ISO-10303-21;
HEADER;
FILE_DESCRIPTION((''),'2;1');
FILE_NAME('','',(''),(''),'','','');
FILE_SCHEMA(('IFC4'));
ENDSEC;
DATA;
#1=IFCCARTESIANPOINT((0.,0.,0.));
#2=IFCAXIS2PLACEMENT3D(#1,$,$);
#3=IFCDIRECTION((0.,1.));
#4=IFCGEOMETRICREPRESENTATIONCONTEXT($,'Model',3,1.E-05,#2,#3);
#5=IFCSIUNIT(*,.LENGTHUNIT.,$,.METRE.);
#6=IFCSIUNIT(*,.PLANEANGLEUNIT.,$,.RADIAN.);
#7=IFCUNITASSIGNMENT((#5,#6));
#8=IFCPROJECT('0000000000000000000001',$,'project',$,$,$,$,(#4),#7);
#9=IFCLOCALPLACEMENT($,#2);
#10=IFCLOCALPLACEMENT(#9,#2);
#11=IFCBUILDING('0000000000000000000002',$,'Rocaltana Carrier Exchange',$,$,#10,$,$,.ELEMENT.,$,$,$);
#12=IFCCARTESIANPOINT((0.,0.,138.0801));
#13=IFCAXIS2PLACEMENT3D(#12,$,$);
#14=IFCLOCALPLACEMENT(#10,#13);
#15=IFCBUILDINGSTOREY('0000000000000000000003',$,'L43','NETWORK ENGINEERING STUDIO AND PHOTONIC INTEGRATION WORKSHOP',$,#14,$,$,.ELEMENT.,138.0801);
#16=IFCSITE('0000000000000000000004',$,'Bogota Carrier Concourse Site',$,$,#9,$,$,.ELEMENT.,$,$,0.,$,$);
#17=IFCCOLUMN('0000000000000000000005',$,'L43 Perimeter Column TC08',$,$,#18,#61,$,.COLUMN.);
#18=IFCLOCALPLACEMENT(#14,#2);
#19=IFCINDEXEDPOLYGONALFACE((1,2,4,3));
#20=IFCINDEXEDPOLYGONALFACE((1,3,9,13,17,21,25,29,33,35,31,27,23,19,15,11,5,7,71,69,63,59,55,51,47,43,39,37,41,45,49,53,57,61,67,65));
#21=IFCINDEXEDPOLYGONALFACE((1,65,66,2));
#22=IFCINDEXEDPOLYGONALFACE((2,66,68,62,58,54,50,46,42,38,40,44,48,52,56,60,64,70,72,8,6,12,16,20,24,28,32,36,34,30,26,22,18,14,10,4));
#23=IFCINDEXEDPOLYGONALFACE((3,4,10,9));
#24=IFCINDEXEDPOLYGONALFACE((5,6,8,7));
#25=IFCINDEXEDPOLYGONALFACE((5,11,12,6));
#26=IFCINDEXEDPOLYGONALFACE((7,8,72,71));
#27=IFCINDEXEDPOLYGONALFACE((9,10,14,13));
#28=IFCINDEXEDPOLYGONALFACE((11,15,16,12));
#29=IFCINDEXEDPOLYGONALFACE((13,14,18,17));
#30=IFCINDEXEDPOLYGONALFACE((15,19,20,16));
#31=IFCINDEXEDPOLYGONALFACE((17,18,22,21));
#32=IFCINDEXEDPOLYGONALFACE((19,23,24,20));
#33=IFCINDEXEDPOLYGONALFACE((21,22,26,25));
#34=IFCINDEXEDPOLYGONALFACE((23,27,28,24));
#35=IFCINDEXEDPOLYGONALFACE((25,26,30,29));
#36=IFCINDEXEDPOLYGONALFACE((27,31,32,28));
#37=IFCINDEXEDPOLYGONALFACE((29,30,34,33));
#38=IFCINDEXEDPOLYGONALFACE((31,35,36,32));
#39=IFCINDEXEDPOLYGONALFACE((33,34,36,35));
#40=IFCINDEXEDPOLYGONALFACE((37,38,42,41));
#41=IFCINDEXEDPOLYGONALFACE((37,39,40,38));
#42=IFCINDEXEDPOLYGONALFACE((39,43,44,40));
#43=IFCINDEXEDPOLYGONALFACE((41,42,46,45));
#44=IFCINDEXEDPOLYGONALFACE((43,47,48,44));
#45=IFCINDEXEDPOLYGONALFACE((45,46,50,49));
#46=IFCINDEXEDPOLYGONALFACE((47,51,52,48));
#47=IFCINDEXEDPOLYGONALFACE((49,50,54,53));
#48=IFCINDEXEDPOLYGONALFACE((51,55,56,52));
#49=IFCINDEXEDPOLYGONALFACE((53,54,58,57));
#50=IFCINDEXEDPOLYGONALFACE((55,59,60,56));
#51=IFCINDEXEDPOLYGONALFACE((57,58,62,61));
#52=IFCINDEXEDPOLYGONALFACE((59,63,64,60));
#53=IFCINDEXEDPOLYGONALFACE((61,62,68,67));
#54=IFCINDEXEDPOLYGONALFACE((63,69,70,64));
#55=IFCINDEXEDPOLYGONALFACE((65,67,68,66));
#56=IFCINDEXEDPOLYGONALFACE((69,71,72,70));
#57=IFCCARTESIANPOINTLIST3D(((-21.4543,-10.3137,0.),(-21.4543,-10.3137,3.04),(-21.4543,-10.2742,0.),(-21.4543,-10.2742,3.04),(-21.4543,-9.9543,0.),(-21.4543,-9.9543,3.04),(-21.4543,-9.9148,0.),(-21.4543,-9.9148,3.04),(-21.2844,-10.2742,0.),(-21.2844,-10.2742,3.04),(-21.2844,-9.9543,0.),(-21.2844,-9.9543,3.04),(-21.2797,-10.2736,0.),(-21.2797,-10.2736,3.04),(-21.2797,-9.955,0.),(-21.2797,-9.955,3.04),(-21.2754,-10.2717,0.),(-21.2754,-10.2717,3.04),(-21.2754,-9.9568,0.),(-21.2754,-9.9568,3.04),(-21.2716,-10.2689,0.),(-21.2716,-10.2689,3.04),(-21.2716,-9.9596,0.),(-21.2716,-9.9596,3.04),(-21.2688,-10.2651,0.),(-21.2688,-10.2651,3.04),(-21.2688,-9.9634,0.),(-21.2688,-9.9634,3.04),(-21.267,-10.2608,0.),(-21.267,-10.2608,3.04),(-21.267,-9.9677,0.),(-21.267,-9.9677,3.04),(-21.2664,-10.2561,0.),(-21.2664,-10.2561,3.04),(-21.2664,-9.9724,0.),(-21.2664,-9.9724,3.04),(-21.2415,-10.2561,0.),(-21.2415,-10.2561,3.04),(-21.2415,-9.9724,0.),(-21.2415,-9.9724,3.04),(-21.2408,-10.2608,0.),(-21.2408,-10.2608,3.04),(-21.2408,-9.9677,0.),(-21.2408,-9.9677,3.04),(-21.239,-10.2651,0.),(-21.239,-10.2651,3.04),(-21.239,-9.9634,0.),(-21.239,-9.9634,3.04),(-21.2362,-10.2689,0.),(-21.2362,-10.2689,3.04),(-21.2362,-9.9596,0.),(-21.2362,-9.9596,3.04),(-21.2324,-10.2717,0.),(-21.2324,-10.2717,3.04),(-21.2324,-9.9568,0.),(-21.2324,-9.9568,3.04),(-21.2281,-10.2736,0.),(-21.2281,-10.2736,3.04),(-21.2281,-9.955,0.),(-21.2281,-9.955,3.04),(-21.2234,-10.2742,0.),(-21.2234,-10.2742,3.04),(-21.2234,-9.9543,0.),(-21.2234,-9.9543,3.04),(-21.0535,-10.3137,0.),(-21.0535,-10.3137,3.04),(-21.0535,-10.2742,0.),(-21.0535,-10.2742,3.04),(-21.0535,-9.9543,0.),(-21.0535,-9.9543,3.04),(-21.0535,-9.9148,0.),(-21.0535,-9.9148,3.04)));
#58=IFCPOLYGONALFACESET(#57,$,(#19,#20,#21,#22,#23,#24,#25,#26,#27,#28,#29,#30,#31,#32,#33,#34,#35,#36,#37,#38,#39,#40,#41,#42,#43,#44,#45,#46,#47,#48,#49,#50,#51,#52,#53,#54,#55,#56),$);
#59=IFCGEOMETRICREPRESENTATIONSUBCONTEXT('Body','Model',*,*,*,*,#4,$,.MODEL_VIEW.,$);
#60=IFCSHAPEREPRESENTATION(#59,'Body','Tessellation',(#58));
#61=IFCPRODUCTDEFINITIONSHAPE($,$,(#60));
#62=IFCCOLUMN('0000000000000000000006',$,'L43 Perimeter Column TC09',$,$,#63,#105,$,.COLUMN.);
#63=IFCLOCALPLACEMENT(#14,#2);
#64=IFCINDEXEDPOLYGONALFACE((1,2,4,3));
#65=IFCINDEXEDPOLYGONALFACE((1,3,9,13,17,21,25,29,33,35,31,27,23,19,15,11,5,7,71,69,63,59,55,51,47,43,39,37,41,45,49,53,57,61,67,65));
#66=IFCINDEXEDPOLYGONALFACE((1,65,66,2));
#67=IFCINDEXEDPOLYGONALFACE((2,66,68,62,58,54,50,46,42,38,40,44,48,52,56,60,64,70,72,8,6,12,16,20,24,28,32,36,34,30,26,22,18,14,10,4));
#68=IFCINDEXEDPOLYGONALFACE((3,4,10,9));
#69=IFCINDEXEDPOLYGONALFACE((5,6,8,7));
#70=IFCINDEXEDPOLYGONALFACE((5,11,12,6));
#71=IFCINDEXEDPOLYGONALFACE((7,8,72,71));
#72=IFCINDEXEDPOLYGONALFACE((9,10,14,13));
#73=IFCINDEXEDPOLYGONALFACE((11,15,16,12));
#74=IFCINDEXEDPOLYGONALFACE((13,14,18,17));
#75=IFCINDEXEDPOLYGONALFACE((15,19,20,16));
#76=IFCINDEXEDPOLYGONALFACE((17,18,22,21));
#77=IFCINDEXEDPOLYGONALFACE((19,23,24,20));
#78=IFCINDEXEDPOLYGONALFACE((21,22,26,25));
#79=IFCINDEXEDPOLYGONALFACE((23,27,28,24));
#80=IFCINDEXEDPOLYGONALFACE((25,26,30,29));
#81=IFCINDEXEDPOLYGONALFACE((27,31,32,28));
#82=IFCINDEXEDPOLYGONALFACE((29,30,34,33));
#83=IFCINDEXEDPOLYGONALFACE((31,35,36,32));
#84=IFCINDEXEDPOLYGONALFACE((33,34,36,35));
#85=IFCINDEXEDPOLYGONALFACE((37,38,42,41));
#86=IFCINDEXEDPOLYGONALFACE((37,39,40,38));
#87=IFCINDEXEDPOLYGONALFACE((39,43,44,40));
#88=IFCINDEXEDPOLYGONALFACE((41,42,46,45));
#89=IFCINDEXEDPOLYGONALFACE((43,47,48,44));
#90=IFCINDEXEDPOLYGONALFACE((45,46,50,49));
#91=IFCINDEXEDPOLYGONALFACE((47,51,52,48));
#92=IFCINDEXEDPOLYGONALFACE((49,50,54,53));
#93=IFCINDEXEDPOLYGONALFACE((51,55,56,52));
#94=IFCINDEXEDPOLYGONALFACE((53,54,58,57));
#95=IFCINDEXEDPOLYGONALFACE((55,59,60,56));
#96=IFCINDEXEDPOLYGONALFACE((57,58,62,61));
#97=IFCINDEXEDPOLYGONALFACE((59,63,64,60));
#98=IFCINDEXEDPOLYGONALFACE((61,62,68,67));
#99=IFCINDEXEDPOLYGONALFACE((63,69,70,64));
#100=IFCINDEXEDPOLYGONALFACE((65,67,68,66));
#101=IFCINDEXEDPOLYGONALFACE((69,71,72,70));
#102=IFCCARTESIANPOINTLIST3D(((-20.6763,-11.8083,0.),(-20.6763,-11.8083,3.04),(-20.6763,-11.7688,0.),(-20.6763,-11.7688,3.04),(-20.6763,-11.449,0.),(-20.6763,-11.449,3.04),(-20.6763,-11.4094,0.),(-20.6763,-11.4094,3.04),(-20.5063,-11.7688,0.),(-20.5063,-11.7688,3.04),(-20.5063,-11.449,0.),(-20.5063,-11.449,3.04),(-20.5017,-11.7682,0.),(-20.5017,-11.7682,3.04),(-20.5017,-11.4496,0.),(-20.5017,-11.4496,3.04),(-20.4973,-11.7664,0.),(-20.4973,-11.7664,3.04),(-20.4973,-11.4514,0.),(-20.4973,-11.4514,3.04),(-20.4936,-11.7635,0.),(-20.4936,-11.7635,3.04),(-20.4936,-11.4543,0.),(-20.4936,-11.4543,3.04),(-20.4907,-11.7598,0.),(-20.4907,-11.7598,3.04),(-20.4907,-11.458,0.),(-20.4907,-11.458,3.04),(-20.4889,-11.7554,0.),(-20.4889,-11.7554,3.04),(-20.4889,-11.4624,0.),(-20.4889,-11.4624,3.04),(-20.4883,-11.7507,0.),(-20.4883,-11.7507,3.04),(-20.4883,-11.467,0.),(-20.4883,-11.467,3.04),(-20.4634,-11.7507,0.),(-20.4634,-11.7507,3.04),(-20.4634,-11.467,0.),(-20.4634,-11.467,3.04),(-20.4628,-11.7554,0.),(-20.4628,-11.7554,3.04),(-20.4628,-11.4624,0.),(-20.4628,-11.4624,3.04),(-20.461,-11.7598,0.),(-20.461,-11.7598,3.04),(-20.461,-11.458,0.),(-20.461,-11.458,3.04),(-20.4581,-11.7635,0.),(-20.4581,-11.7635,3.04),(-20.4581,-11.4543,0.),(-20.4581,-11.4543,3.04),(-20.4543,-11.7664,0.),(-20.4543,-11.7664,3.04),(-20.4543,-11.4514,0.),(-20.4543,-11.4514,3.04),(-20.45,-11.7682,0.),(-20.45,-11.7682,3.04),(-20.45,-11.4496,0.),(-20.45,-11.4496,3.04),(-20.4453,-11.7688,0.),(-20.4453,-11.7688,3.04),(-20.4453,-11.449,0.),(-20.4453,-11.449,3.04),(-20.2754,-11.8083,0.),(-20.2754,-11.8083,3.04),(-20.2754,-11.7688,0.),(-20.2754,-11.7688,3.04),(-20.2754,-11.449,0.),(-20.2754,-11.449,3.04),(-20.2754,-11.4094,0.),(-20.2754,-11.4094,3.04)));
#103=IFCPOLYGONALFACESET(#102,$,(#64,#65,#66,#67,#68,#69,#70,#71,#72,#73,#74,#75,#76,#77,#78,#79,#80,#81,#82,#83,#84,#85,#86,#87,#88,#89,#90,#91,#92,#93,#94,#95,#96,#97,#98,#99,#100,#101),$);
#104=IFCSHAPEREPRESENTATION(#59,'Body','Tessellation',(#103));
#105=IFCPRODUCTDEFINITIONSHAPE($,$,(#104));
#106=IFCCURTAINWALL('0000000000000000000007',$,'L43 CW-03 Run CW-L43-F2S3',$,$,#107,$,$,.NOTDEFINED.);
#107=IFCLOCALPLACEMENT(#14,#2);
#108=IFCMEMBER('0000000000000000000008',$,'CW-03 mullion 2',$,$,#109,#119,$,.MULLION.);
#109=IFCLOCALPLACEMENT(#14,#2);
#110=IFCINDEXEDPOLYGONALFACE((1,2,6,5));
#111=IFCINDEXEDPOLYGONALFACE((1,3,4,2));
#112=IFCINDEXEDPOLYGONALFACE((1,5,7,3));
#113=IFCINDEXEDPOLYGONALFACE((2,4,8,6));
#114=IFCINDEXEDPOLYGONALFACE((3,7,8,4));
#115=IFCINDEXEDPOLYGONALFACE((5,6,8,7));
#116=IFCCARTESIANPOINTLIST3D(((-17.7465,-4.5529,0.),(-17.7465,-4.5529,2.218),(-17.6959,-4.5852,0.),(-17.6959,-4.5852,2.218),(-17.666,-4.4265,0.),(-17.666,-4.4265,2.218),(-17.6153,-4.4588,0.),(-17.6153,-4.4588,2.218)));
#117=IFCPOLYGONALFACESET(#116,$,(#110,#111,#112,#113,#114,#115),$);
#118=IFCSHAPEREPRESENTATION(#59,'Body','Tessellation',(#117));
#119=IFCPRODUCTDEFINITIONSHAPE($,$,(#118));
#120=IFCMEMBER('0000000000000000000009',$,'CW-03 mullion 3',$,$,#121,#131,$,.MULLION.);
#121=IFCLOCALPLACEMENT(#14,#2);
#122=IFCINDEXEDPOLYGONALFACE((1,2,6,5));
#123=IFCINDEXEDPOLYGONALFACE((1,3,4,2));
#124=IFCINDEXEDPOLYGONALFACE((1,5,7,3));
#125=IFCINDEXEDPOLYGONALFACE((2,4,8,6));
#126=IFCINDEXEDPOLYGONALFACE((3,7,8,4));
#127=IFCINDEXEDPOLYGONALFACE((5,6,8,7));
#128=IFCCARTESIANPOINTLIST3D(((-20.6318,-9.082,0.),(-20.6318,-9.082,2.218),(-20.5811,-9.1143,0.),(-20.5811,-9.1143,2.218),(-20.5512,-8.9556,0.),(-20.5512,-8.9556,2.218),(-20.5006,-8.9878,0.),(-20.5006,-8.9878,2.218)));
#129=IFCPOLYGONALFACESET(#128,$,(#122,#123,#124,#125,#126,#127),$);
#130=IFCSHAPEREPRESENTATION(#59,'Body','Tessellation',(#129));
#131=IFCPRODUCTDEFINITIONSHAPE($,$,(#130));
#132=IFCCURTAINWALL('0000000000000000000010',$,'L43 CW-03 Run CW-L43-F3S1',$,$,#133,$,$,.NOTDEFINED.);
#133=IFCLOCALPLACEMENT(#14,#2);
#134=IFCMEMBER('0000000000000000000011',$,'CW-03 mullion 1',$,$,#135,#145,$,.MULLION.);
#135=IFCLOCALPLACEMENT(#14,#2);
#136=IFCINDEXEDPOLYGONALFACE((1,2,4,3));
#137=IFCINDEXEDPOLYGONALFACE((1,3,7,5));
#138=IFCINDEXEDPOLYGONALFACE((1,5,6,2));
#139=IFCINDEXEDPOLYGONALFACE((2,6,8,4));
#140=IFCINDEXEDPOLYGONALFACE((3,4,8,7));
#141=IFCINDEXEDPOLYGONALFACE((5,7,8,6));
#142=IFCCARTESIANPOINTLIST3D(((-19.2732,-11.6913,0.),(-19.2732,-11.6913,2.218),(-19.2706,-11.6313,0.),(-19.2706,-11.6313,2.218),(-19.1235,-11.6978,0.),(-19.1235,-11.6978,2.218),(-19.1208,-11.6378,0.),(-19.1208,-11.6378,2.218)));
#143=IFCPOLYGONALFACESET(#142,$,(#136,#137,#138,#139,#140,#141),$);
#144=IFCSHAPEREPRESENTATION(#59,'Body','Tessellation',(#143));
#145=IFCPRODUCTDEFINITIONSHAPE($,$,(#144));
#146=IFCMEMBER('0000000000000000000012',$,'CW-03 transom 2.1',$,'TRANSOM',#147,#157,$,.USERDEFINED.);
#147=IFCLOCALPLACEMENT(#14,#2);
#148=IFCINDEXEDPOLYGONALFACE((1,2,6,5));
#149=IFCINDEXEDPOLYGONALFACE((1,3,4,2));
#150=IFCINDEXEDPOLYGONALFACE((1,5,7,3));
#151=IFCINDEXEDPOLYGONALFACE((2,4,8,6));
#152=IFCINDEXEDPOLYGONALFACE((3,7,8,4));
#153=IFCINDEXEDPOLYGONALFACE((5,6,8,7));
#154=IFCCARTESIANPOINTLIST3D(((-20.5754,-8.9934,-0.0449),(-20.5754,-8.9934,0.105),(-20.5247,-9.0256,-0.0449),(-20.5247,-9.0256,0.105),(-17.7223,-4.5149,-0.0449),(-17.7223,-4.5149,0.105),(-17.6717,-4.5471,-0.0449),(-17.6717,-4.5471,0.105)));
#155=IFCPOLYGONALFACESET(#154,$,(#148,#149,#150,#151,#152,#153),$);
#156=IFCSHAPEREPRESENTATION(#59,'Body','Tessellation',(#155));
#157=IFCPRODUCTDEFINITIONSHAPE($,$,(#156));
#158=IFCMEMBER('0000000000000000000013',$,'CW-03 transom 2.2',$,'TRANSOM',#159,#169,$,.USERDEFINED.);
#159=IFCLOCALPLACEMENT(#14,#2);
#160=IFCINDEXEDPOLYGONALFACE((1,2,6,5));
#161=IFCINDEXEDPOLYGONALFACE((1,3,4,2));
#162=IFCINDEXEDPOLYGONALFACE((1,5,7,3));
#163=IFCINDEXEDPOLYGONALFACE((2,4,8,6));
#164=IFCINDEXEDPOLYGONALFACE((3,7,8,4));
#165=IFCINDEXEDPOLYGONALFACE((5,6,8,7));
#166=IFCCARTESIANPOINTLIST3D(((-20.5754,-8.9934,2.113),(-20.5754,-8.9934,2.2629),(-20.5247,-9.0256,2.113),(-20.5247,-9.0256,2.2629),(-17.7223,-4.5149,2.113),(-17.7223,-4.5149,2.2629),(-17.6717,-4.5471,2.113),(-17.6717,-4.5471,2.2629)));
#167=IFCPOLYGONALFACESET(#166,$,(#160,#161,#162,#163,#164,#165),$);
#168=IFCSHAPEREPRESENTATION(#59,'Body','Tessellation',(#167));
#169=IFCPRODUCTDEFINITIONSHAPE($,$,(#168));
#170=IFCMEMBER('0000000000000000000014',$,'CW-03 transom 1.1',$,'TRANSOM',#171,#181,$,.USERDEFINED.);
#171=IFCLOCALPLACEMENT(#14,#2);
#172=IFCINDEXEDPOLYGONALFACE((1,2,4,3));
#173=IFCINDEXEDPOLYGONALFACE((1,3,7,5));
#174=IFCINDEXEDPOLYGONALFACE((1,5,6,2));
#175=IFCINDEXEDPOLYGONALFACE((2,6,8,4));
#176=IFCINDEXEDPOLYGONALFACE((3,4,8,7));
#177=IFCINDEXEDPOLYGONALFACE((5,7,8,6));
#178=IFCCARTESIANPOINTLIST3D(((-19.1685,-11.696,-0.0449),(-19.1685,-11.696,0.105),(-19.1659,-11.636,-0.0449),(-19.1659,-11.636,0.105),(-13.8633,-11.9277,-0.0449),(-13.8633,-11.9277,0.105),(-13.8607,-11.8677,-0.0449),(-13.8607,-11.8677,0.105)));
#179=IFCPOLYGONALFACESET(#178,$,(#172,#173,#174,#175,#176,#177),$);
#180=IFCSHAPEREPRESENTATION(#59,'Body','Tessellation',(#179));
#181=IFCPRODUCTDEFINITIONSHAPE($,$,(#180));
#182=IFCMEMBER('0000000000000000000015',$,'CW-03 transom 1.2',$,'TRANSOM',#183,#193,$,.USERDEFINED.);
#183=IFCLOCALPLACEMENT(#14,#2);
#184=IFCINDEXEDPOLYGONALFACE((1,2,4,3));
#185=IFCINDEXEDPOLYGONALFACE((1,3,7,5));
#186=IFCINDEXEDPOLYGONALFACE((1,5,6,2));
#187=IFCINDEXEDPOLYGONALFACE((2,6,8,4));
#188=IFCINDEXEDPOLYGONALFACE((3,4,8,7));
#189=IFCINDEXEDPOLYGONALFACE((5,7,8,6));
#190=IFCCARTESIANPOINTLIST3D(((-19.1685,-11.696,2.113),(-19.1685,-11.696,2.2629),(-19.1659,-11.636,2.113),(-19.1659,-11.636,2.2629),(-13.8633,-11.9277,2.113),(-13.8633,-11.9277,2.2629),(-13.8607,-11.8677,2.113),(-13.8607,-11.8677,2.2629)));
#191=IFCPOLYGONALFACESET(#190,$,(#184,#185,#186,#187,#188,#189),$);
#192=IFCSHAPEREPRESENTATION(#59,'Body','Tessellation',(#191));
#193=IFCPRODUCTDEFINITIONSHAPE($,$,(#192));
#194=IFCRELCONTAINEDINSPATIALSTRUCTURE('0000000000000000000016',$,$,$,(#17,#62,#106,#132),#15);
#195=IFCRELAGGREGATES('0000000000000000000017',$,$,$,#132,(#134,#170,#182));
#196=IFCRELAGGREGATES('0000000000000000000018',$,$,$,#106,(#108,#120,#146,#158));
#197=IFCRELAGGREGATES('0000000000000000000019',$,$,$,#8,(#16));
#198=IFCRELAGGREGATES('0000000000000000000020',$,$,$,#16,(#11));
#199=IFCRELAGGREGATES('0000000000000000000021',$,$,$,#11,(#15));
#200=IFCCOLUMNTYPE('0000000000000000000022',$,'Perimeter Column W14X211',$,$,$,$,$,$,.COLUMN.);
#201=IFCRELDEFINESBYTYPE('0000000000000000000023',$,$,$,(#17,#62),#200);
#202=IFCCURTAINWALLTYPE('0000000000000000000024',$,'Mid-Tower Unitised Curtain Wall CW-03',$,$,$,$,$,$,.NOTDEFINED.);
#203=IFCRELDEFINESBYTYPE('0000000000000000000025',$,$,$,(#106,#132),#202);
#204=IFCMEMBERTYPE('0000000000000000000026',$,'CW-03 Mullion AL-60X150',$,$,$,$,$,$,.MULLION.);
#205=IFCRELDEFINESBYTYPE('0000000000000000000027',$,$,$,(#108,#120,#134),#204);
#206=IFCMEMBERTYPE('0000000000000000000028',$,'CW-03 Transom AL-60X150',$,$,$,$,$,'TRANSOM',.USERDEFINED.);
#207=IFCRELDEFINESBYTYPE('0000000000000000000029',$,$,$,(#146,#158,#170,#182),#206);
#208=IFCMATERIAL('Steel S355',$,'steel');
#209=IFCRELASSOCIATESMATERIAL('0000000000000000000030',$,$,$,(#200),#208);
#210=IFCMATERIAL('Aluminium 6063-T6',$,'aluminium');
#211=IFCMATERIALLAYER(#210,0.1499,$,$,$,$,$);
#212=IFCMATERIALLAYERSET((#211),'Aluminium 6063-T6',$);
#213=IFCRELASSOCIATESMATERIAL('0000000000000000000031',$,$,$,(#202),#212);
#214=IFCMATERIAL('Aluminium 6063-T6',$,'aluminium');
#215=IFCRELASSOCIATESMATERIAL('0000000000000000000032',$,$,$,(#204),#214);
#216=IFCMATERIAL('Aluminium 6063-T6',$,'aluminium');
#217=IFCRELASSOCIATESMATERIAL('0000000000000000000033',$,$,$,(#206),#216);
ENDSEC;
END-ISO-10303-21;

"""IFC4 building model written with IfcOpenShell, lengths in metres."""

from ifc_helpers import new_model, si_unit, direction, frame, origin, origin_2d, place, context, subcontext, project, spatial, rectangle, i_section, extrude, material, layer, layer_set, material_profile, profile_set, type_object, element, aggregate, save


model = new_model("IFC4")

# Units and contexts
model_context = context("Model", 3, precision=1e-05, world=origin(), true_north=direction((0.0, 1.0)))
body_context = subcontext(model_context, "Body", "Model", "MODEL_VIEW")
ifc_project = project(units=[si_unit("LENGTHUNIT", "METRE"), si_unit("PLANEANGLEUNIT", "RADIAN")], contexts=[model_context])

# Site, building, storey
site_placement = place(None, origin())
site = spatial("IfcSite", under=ifc_project, at=site_placement, Name="Bogota Carrier Concourse Site", CompositionType="ELEMENT", RefElevation=0.0)
building_placement = place(site_placement, origin())
building = spatial("IfcBuilding", under=site, at=building_placement, Name="Rocaltana Carrier Exchange", CompositionType="ELEMENT")
storey_placement = place(building_placement, frame((0.0, 0.0, 138.0801)))
storey = spatial("IfcBuildingStorey", under=building, at=storey_placement, Name="L43", Description="NETWORK ENGINEERING STUDIO AND PHOTONIC INTEGRATION WORKSHOP", CompositionType="ELEMENT", Elevation=138.0801)

# Columns
ifc_material_1 = material(Name="Steel S355", Category="steel")
ifc_material_profile_1 = material_profile(ifc_material_1, i_section(OverallWidth=0.4009, OverallDepth=0.3989, WebThickness=0.0249, FlangeThickness=0.0396, FilletRadius=0.0181, at=origin_2d()), Name="W14X211")
ifc_profile_set_1 = profile_set([ifc_material_profile_1], Name="Steel S355")
column_type = type_object("IfcColumnType", Name="Perimeter Column W14X211", PredefinedType="COLUMN", material=ifc_profile_set_1)
for number, where, z_axis, x_axis, name in (
    (1, (-21.2539, -10.1143, 0.0), (0.0, 0.0, 1.0), (1.0, 0.0, 0.0), "L43 Perimeter Column TC08"),
    (2, (-20.4758, -11.6089, 0.0), (0.0, 0.0, 1.0), (1.0, 0.0, 0.0), "L43 Perimeter Column TC09"),
):
    element("IfcColumn", number, at=place(storey_placement, frame(where, z_axis=z_axis, x_axis=x_axis)), inside=storey, type_object=column_type, Name=name, PredefinedType="COLUMN", context=body_context, shape_type="SweptSolid", body=[
        extrude(i_section(OverallWidth=0.4009, OverallDepth=0.3989, WebThickness=0.0249, FlangeThickness=0.0396, FilletRadius=0.0181, at=origin_2d()), origin(), (0.0, 0.0, 1.0), 3.04),
    ])

# Curtain wall, members
ifc_material_2 = material(Name="Aluminium 6063-T6", Category="aluminium")
ifc_layer_1 = layer(ifc_material_2, 0.1499)
ifc_layer_set_1 = layer_set([ifc_layer_1], Name="Aluminium 6063-T6")
curtain_wall_type = type_object("IfcCurtainWallType", Name="Mid-Tower Unitised Curtain Wall CW-03", PredefinedType="NOTDEFINED", material=ifc_layer_set_1)
curtain_wall_1_placement = place(storey_placement, origin())
curtain_wall_1 = element("IfcCurtainWall", 3, at=curtain_wall_1_placement, inside=storey, type_object=curtain_wall_type, Name="L43 CW-03 Run CW-L43-F2S3", PredefinedType="NOTDEFINED")
ifc_material_3 = material(Name="Aluminium 6063-T6", Category="aluminium")
ifc_material_profile_2 = material_profile(ifc_material_3, rectangle(XDim=0.0601, YDim=0.1499, at=origin_2d()), Name="AL-60X150")
ifc_profile_set_2 = profile_set([ifc_material_profile_2], Name="Aluminium 6063-T6")
member_type_1 = type_object("IfcMemberType", Name="CW-03 Mullion AL-60X150", PredefinedType="MULLION", material=ifc_profile_set_2)
member_1_placement = place(storey_placement, frame((-17.6809, -4.5059, 0.0), z_axis=(0.0, 0.0, 1.0), x_axis=(0.843391, -0.537301, 0.0)))
member_1 = element("IfcMember", 4, at=member_1_placement, type_object=member_type_1, Name="CW-03 mullion 2", PredefinedType="MULLION", context=body_context, shape_type="SweptSolid", body=[
    extrude(rectangle(XDim=0.0601, YDim=0.1499, at=origin_2d()), origin(), (0.0, 0.0, 1.0), 2.218),
])
member_2_placement = place(storey_placement, frame((-20.5662, -9.0349, 0.0), z_axis=(0.0, 0.0, 1.0), x_axis=(0.843391, -0.537301, 0.0)))
member_2 = element("IfcMember", 5, at=member_2_placement, type_object=member_type_1, Name="CW-03 mullion 3", PredefinedType="MULLION", context=body_context, shape_type="SweptSolid", body=[
    extrude(rectangle(XDim=0.0601, YDim=0.1499, at=origin_2d()), origin(), (0.0, 0.0, 1.0), 2.218),
])

# Curtain wall, member
curtain_wall_2_placement = place(storey_placement, origin())
curtain_wall_2 = element("IfcCurtainWall", 6, at=curtain_wall_2_placement, inside=storey, type_object=curtain_wall_type, Name="L43 CW-03 Run CW-L43-F3S1", PredefinedType="NOTDEFINED")
member_3_placement = place(storey_placement, frame((-19.197, -11.6646, 0.0), z_axis=(0.0, 0.0, 1.0), x_axis=(0.043629, 0.999048, 0.0)))
member_3 = element("IfcMember", 7, at=member_3_placement, type_object=member_type_1, Name="CW-03 mullion 1", PredefinedType="MULLION", context=body_context, shape_type="SweptSolid", body=[
    extrude(rectangle(XDim=0.0601, YDim=0.1499, at=origin_2d()), origin(), (0.0, 0.0, 1.0), 2.218),
])

# Members
ifc_material_4 = material(Name="Aluminium 6063-T6", Category="aluminium")
ifc_material_profile_3 = material_profile(ifc_material_4, rectangle(XDim=0.0601, YDim=0.1499, at=origin_2d()), Name="AL-60X150")
ifc_profile_set_3 = profile_set([ifc_material_profile_3], Name="Aluminium 6063-T6")
member_type_2 = type_object("IfcMemberType", Name="CW-03 Transom AL-60X150", ElementType="TRANSOM", PredefinedType="USERDEFINED", material=ifc_profile_set_3)
member_4_placement = place(storey_placement, frame((-17.697, -4.531, 0.03), z_axis=(-0.537286, -0.8434, 0.0), x_axis=(0.8434, -0.537286, 0.0)))
member_4 = element("IfcMember", 8, at=member_4_placement, type_object=member_type_2, Name="CW-03 transom 2.1", ObjectType="TRANSOM", PredefinedType="USERDEFINED", context=body_context, shape_type="SweptSolid", body=[
    extrude(rectangle(XDim=0.0601, YDim=0.1499, at=origin_2d()), origin(), (0.0, 0.0, 1.0), 5.3101),
])
member_5_placement = place(storey_placement, frame((-17.697, -4.531, 2.188), z_axis=(-0.537286, -0.8434, 0.0), x_axis=(0.8434, -0.537286, 0.0)))
member_5 = element("IfcMember", 9, at=member_5_placement, type_object=member_type_2, Name="CW-03 transom 2.2", ObjectType="TRANSOM", PredefinedType="USERDEFINED", context=body_context, shape_type="SweptSolid", body=[
    extrude(rectangle(XDim=0.0601, YDim=0.1499, at=origin_2d()), origin(), (0.0, 0.0, 1.0), 5.3101),
])
member_6_placement = place(storey_placement, frame((-19.1672, -11.666, 0.03), z_axis=(0.999048, -0.043631, 0.0), x_axis=(0.043631, 0.999048, 0.0)))
member_6 = element("IfcMember", 10, at=member_6_placement, type_object=member_type_2, Name="CW-03 transom 1.1", ObjectType="TRANSOM", PredefinedType="USERDEFINED", context=body_context, shape_type="SweptSolid", body=[
    extrude(rectangle(XDim=0.0601, YDim=0.1499, at=origin_2d()), origin(), (0.0, 0.0, 1.0), 5.3103),
])
member_7_placement = place(storey_placement, frame((-19.1672, -11.666, 2.188), z_axis=(0.999048, -0.043631, 0.0), x_axis=(0.043631, 0.999048, 0.0)))
member_7 = element("IfcMember", 11, at=member_7_placement, type_object=member_type_2, Name="CW-03 transom 1.2", ObjectType="TRANSOM", PredefinedType="USERDEFINED", context=body_context, shape_type="SweptSolid", body=[
    extrude(rectangle(XDim=0.0601, YDim=0.1499, at=origin_2d()), origin(), (0.0, 0.0, 1.0), 5.3103),
])
aggregate(curtain_wall_2, [member_3, member_6, member_7])

aggregate(curtain_wall_1, [member_1, member_2, member_4, member_5])

save(model, "model.ifc")
